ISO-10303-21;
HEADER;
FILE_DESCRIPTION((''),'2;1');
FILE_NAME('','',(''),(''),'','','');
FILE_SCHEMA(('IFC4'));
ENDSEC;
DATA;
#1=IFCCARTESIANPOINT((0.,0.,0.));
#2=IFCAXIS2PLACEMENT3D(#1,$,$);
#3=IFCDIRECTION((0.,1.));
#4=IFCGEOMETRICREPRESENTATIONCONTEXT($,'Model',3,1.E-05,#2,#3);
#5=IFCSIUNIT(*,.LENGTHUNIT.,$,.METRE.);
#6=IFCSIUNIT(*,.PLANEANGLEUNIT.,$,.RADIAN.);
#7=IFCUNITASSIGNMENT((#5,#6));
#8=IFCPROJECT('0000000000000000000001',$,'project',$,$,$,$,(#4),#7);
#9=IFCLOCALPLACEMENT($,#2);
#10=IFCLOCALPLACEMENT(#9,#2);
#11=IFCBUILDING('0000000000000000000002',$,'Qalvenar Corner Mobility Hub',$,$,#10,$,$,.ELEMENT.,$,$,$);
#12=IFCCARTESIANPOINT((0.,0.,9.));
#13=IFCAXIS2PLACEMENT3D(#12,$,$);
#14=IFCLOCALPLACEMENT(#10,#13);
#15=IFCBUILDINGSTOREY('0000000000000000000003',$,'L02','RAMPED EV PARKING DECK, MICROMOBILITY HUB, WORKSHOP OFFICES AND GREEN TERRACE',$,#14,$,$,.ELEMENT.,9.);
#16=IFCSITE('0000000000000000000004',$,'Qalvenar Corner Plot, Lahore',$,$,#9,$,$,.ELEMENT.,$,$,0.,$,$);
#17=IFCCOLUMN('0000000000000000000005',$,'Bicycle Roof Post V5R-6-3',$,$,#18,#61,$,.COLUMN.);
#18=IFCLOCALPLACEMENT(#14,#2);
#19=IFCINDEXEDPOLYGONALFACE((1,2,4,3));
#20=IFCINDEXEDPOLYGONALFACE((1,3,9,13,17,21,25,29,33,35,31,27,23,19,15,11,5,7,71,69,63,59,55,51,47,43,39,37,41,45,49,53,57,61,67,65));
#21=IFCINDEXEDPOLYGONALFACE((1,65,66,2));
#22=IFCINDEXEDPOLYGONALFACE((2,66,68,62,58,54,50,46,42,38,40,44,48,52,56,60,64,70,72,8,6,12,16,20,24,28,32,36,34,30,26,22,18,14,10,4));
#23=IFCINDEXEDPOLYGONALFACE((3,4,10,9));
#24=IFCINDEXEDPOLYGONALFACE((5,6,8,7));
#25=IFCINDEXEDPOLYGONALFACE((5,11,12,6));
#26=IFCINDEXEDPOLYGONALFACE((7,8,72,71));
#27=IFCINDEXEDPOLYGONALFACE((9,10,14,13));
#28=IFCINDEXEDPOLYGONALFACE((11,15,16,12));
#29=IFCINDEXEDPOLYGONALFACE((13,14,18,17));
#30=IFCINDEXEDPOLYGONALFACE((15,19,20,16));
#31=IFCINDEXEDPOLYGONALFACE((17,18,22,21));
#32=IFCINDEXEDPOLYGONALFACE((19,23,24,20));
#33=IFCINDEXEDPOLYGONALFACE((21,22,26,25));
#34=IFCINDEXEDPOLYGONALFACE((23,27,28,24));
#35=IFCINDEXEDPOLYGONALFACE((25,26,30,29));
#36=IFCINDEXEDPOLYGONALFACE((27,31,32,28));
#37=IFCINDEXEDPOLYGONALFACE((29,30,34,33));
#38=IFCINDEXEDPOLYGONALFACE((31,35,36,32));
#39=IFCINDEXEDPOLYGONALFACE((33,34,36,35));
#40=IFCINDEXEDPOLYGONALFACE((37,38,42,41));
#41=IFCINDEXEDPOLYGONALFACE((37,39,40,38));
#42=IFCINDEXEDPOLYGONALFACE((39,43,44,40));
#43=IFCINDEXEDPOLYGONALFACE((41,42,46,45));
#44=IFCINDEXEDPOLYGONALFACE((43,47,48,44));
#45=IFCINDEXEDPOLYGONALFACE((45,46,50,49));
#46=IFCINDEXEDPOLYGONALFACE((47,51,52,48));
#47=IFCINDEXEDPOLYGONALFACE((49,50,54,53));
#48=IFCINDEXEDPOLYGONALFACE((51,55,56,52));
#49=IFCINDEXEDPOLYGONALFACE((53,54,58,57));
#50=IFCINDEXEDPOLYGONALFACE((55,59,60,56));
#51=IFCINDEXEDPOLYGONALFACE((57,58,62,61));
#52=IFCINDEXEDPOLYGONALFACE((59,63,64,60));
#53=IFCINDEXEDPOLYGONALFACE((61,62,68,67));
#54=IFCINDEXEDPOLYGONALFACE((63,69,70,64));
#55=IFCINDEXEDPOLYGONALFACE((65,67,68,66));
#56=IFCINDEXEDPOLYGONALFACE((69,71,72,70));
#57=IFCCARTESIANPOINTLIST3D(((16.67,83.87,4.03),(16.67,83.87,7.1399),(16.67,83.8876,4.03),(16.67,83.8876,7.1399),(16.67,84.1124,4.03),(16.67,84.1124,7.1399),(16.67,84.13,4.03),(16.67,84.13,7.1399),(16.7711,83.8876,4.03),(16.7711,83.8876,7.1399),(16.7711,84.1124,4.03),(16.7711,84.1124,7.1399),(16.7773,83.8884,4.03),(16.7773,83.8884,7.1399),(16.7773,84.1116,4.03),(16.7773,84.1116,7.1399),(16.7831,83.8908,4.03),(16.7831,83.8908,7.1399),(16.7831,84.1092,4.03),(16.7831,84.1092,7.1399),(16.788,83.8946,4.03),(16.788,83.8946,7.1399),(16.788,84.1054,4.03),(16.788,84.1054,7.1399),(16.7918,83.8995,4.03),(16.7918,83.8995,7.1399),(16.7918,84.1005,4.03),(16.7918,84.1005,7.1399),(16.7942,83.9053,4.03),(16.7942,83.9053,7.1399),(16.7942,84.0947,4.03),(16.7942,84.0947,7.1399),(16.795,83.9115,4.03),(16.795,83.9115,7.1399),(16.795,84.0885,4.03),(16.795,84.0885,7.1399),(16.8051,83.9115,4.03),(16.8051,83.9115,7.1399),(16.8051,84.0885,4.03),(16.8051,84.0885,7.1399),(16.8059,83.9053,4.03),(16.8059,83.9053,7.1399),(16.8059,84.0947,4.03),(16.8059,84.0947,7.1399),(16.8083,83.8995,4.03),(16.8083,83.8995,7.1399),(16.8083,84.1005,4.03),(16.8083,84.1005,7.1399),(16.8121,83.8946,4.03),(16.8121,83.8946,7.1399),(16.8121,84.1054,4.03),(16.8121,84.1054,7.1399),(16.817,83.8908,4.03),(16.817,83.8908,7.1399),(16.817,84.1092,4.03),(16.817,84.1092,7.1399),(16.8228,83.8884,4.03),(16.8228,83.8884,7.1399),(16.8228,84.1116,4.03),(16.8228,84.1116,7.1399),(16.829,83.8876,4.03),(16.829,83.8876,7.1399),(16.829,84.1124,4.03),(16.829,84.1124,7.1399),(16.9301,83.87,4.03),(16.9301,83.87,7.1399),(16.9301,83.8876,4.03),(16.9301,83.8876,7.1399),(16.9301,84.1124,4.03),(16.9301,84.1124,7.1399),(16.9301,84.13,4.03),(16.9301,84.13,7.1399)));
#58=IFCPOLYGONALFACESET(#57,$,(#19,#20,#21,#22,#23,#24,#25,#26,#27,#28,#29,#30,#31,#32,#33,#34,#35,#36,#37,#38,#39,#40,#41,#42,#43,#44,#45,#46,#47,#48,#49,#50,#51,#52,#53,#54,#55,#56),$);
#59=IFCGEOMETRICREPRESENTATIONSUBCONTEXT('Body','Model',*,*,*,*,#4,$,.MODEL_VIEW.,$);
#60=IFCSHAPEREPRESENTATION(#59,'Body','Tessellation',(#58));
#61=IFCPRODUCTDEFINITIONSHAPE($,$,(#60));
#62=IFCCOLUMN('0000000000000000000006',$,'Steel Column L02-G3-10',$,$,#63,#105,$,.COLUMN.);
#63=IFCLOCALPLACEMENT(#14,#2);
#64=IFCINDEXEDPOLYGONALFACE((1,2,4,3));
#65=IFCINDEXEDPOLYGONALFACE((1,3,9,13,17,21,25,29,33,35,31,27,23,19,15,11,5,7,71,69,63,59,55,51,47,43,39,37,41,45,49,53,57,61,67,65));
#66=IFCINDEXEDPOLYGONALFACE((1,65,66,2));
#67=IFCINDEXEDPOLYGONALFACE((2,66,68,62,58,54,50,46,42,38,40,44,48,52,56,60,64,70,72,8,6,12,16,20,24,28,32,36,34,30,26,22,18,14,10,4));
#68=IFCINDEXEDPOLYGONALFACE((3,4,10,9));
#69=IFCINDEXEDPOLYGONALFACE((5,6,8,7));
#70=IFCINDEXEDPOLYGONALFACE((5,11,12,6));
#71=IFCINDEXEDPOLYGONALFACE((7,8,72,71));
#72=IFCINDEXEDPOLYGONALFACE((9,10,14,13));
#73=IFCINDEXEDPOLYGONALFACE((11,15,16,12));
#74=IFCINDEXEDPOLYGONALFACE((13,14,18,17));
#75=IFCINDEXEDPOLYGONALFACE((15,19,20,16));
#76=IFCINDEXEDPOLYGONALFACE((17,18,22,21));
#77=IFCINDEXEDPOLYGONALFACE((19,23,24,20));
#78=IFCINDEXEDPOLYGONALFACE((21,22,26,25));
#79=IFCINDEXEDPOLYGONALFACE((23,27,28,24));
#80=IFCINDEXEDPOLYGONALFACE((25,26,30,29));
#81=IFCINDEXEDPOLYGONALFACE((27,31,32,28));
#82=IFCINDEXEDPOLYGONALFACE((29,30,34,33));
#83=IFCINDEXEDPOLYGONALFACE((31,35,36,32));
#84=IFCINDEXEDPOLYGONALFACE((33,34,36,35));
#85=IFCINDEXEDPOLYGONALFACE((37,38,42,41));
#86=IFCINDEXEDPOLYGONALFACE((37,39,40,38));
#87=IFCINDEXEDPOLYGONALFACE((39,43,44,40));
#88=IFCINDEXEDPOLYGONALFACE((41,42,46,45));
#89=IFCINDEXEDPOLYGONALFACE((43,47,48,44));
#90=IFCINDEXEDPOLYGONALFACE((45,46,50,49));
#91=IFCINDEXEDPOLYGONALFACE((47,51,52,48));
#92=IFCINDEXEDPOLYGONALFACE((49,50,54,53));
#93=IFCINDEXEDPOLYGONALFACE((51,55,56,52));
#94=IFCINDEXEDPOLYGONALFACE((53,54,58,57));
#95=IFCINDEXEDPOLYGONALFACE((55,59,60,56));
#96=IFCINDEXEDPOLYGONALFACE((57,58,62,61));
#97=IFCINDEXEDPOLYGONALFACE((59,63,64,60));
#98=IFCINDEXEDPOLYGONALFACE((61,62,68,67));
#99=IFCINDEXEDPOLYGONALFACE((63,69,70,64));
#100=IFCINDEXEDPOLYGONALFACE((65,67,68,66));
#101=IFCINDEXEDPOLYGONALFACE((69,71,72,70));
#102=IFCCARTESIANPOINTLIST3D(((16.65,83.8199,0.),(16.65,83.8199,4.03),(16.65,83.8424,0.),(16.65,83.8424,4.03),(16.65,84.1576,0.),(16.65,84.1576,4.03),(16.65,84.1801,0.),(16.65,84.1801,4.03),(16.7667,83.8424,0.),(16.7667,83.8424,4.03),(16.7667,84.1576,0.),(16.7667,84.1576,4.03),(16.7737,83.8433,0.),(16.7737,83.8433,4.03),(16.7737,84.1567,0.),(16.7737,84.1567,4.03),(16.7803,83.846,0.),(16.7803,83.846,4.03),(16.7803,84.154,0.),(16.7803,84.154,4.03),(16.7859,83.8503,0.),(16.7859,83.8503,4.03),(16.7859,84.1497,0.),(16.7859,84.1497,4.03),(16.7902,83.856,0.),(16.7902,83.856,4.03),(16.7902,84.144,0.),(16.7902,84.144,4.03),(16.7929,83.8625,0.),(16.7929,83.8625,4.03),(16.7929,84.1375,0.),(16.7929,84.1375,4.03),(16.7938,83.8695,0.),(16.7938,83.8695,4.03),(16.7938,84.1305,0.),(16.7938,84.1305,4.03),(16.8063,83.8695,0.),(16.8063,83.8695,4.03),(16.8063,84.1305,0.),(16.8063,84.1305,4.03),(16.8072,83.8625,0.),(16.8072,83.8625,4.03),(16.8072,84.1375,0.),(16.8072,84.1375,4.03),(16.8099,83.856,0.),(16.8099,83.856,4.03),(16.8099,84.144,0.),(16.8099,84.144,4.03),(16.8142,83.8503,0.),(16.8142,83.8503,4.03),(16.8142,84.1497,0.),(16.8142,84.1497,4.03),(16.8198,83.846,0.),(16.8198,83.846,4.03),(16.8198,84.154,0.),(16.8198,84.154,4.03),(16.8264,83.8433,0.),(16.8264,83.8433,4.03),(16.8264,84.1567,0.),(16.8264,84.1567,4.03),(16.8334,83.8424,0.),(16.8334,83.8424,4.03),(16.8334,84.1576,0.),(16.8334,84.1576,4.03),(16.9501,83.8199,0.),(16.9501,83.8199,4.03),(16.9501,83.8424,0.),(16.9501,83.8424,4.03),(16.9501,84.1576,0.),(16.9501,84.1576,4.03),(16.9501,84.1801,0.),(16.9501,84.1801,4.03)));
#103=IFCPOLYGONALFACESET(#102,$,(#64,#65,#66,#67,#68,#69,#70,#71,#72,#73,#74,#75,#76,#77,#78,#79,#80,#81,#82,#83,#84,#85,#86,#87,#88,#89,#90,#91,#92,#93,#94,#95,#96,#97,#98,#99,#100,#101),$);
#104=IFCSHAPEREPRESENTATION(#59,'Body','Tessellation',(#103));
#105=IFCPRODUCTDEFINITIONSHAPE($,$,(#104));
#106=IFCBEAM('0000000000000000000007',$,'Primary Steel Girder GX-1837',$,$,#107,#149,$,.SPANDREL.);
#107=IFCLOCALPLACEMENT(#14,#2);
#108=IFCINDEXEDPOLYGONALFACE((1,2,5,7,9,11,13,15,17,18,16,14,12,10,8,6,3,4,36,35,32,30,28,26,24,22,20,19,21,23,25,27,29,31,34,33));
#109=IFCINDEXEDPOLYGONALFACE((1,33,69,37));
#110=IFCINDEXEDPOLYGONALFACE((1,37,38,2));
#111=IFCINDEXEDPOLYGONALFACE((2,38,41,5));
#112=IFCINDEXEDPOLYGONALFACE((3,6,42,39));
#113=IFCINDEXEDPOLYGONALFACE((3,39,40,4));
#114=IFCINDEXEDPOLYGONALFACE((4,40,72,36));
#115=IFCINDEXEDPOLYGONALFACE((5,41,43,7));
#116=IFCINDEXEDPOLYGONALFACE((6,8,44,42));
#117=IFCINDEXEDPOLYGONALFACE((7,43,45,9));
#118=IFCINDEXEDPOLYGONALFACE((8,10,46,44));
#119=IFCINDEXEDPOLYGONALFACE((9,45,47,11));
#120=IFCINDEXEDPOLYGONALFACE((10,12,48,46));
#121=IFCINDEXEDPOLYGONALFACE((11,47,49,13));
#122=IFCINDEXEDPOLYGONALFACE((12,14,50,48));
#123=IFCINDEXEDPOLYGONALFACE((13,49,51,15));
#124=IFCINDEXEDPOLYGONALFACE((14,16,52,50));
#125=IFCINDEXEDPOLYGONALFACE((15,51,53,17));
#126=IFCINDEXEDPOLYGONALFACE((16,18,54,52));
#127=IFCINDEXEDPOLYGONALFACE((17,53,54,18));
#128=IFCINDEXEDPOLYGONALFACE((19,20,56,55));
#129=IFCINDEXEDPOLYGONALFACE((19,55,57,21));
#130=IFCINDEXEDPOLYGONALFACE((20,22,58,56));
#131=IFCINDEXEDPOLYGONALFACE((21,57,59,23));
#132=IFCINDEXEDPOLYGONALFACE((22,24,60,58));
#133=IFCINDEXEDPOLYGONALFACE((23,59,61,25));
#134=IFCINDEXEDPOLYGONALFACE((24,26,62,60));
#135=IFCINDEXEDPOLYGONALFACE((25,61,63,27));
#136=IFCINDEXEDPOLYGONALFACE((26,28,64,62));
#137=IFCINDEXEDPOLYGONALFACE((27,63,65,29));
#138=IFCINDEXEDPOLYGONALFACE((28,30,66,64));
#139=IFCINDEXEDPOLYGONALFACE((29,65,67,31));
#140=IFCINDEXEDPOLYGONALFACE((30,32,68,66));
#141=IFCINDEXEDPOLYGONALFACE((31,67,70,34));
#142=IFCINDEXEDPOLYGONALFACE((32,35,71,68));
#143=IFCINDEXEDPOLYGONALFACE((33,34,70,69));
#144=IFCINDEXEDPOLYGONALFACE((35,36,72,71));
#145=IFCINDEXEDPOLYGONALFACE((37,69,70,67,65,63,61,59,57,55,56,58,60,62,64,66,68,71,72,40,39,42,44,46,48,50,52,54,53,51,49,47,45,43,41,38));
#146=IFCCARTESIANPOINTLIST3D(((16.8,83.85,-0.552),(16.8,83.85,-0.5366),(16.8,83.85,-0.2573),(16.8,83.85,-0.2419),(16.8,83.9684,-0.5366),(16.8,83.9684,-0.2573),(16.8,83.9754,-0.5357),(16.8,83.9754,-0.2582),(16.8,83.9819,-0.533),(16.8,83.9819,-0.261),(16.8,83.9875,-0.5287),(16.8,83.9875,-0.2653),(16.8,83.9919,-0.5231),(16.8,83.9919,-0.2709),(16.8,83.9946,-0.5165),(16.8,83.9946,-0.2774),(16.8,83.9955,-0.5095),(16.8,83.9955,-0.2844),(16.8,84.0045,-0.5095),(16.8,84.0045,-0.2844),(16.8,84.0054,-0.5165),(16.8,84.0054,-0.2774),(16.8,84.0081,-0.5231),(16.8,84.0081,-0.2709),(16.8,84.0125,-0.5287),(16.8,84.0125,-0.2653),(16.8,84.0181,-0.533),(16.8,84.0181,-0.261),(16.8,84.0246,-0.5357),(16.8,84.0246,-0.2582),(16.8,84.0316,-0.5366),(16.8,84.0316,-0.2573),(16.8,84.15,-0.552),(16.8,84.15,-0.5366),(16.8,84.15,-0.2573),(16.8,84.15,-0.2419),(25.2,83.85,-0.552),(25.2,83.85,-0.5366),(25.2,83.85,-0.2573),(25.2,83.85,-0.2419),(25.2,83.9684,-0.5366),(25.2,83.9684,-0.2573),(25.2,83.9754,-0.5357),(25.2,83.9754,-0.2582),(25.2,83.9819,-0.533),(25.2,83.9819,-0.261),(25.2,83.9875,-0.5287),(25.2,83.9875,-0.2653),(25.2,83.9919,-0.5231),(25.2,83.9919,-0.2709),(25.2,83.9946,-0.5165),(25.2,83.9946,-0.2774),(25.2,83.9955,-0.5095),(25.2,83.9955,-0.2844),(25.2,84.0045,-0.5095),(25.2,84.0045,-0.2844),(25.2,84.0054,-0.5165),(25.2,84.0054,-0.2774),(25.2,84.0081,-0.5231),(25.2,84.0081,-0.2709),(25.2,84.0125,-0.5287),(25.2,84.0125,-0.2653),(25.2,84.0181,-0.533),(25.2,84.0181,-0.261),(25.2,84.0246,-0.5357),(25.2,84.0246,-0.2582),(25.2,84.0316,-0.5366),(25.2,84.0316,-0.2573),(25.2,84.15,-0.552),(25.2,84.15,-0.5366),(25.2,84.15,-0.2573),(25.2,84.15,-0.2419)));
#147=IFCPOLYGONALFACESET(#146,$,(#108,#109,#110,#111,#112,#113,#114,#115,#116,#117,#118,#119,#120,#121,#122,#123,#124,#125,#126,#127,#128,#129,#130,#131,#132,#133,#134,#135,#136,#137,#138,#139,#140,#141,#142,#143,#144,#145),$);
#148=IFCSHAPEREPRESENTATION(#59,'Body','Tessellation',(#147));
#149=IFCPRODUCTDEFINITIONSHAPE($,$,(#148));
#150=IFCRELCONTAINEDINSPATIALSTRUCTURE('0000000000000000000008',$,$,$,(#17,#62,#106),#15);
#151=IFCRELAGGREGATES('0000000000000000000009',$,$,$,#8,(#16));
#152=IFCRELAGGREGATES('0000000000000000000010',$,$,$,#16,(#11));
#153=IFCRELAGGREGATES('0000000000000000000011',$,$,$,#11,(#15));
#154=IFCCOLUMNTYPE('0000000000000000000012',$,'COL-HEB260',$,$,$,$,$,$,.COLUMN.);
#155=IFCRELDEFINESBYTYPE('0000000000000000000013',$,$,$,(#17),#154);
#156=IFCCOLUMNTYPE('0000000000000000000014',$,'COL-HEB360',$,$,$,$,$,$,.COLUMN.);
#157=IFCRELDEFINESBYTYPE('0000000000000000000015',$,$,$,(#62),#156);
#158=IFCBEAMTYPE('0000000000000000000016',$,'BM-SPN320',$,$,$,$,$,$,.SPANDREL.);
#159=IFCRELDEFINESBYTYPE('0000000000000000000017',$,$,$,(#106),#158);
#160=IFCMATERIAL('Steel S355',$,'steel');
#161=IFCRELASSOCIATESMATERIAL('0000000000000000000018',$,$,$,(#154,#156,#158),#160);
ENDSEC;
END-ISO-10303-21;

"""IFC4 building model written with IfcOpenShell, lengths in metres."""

from ifc_helpers import new_model, si_unit, direction, frame, origin, origin_2d, place, context, subcontext, project, spatial, i_section, extrude, material, material_profile, profile_set, type_object, element, save


model = new_model("IFC4")

# Units and contexts
model_context = context("Model", 3, precision=1e-05, world=origin(), true_north=direction((0.0, 1.0)))
body_context = subcontext(model_context, "Body", "Model", "MODEL_VIEW")
ifc_project = project(units=[si_unit("LENGTHUNIT", "METRE"), si_unit("PLANEANGLEUNIT", "RADIAN")], contexts=[model_context])

# Site, building, storey
site_placement = place(None, origin())
site = spatial("IfcSite", under=ifc_project, at=site_placement, Name="Qalvenar Corner Plot, Lahore", CompositionType="ELEMENT", RefElevation=0.0)
building_placement = place(site_placement, origin())
building = spatial("IfcBuilding", under=site, at=building_placement, Name="Qalvenar Corner Mobility Hub", CompositionType="ELEMENT")
storey_placement = place(building_placement, frame((0.0, 0.0, 9.0)))
storey = spatial("IfcBuildingStorey", under=building, at=storey_placement, Name="L02", Description="RAMPED EV PARKING DECK, MICROMOBILITY HUB, WORKSHOP OFFICES AND GREEN TERRACE", CompositionType="ELEMENT", Elevation=9.0)

# Columns
ifc_material_1 = material(Name="Steel S355", Category="steel")
ifc_material_profile_1 = material_profile(ifc_material_1, i_section(OverallWidth=0.26, OverallDepth=0.26, WebThickness=0.01, FlangeThickness=0.0176, FilletRadius=0.0239, at=origin_2d()), Name="HEB260")
ifc_profile_set_1 = profile_set([ifc_material_profile_1], Name="Steel S355")
column_type_1 = type_object("IfcColumnType", Name="COL-HEB260", PredefinedType="COLUMN", material=ifc_profile_set_1)
column_1_placement = place(storey_placement, frame((16.8, 84.0, 4.03), z_axis=(0.0, 0.0, 1.0), x_axis=(1.0, 0.0, 0.0)))
element("IfcColumn", 1, at=column_1_placement, inside=storey, type_object=column_type_1, Name="Bicycle Roof Post V5R-6-3", PredefinedType="COLUMN", context=body_context, shape_type="SweptSolid", body=[
    extrude(i_section(OverallWidth=0.26, OverallDepth=0.26, WebThickness=0.01, FlangeThickness=0.0176, FilletRadius=0.0239, at=origin_2d()), origin(), (0.0, 0.0, 1.0), 3.1099),
])
ifc_material_profile_2 = material_profile(ifc_material_1, i_section(OverallWidth=0.3, OverallDepth=0.3601, WebThickness=0.0125, FlangeThickness=0.0225, FilletRadius=0.0271, at=origin_2d()), Name="HEB360")
ifc_profile_set_2 = profile_set([ifc_material_profile_2], Name="Steel S355")
column_type_2 = type_object("IfcColumnType", Name="COL-HEB360", PredefinedType="COLUMN", material=ifc_profile_set_2)
column_2_placement = place(storey_placement, frame((16.8, 84.0, 0.0), z_axis=(0.0, 0.0, 1.0), x_axis=(1.0, 0.0, 0.0)))
element("IfcColumn", 2, at=column_2_placement, inside=storey, type_object=column_type_2, Name="Steel Column L02-G3-10", PredefinedType="COLUMN", context=body_context, shape_type="SweptSolid", body=[
    extrude(i_section(OverallWidth=0.3, OverallDepth=0.3601, WebThickness=0.0125, FlangeThickness=0.0225, FilletRadius=0.0271, at=origin_2d()), origin(), (0.0, 0.0, 1.0), 4.03),
])

# Beam
ifc_material_profile_3 = material_profile(ifc_material_1, i_section(OverallWidth=0.3, OverallDepth=0.3101, WebThickness=0.009, FlangeThickness=0.0154, FilletRadius=0.0271, at=origin_2d()), Name="HEA320")
ifc_profile_set_3 = profile_set([ifc_material_profile_3], Name="Steel S355")
beam_type = type_object("IfcBeamType", Name="BM-SPN320", PredefinedType="SPANDREL", material=ifc_profile_set_3)
beam_placement = place(storey_placement, frame((16.8, 84.0, -0.397), z_axis=(1.0, 0.0, 0.0), x_axis=(0.0, 1.0, 0.0)))
element("IfcBeam", 3, at=beam_placement, inside=storey, type_object=beam_type, Name="Primary Steel Girder GX-1837", PredefinedType="SPANDREL", context=body_context, shape_type="SweptSolid", body=[
    extrude(i_section(OverallWidth=0.3, OverallDepth=0.3101, WebThickness=0.009, FlangeThickness=0.0154, FilletRadius=0.0271, at=origin_2d()), origin(), (0.0, 0.0, 1.0), 8.3999),
])

save(model, "model.ifc")
